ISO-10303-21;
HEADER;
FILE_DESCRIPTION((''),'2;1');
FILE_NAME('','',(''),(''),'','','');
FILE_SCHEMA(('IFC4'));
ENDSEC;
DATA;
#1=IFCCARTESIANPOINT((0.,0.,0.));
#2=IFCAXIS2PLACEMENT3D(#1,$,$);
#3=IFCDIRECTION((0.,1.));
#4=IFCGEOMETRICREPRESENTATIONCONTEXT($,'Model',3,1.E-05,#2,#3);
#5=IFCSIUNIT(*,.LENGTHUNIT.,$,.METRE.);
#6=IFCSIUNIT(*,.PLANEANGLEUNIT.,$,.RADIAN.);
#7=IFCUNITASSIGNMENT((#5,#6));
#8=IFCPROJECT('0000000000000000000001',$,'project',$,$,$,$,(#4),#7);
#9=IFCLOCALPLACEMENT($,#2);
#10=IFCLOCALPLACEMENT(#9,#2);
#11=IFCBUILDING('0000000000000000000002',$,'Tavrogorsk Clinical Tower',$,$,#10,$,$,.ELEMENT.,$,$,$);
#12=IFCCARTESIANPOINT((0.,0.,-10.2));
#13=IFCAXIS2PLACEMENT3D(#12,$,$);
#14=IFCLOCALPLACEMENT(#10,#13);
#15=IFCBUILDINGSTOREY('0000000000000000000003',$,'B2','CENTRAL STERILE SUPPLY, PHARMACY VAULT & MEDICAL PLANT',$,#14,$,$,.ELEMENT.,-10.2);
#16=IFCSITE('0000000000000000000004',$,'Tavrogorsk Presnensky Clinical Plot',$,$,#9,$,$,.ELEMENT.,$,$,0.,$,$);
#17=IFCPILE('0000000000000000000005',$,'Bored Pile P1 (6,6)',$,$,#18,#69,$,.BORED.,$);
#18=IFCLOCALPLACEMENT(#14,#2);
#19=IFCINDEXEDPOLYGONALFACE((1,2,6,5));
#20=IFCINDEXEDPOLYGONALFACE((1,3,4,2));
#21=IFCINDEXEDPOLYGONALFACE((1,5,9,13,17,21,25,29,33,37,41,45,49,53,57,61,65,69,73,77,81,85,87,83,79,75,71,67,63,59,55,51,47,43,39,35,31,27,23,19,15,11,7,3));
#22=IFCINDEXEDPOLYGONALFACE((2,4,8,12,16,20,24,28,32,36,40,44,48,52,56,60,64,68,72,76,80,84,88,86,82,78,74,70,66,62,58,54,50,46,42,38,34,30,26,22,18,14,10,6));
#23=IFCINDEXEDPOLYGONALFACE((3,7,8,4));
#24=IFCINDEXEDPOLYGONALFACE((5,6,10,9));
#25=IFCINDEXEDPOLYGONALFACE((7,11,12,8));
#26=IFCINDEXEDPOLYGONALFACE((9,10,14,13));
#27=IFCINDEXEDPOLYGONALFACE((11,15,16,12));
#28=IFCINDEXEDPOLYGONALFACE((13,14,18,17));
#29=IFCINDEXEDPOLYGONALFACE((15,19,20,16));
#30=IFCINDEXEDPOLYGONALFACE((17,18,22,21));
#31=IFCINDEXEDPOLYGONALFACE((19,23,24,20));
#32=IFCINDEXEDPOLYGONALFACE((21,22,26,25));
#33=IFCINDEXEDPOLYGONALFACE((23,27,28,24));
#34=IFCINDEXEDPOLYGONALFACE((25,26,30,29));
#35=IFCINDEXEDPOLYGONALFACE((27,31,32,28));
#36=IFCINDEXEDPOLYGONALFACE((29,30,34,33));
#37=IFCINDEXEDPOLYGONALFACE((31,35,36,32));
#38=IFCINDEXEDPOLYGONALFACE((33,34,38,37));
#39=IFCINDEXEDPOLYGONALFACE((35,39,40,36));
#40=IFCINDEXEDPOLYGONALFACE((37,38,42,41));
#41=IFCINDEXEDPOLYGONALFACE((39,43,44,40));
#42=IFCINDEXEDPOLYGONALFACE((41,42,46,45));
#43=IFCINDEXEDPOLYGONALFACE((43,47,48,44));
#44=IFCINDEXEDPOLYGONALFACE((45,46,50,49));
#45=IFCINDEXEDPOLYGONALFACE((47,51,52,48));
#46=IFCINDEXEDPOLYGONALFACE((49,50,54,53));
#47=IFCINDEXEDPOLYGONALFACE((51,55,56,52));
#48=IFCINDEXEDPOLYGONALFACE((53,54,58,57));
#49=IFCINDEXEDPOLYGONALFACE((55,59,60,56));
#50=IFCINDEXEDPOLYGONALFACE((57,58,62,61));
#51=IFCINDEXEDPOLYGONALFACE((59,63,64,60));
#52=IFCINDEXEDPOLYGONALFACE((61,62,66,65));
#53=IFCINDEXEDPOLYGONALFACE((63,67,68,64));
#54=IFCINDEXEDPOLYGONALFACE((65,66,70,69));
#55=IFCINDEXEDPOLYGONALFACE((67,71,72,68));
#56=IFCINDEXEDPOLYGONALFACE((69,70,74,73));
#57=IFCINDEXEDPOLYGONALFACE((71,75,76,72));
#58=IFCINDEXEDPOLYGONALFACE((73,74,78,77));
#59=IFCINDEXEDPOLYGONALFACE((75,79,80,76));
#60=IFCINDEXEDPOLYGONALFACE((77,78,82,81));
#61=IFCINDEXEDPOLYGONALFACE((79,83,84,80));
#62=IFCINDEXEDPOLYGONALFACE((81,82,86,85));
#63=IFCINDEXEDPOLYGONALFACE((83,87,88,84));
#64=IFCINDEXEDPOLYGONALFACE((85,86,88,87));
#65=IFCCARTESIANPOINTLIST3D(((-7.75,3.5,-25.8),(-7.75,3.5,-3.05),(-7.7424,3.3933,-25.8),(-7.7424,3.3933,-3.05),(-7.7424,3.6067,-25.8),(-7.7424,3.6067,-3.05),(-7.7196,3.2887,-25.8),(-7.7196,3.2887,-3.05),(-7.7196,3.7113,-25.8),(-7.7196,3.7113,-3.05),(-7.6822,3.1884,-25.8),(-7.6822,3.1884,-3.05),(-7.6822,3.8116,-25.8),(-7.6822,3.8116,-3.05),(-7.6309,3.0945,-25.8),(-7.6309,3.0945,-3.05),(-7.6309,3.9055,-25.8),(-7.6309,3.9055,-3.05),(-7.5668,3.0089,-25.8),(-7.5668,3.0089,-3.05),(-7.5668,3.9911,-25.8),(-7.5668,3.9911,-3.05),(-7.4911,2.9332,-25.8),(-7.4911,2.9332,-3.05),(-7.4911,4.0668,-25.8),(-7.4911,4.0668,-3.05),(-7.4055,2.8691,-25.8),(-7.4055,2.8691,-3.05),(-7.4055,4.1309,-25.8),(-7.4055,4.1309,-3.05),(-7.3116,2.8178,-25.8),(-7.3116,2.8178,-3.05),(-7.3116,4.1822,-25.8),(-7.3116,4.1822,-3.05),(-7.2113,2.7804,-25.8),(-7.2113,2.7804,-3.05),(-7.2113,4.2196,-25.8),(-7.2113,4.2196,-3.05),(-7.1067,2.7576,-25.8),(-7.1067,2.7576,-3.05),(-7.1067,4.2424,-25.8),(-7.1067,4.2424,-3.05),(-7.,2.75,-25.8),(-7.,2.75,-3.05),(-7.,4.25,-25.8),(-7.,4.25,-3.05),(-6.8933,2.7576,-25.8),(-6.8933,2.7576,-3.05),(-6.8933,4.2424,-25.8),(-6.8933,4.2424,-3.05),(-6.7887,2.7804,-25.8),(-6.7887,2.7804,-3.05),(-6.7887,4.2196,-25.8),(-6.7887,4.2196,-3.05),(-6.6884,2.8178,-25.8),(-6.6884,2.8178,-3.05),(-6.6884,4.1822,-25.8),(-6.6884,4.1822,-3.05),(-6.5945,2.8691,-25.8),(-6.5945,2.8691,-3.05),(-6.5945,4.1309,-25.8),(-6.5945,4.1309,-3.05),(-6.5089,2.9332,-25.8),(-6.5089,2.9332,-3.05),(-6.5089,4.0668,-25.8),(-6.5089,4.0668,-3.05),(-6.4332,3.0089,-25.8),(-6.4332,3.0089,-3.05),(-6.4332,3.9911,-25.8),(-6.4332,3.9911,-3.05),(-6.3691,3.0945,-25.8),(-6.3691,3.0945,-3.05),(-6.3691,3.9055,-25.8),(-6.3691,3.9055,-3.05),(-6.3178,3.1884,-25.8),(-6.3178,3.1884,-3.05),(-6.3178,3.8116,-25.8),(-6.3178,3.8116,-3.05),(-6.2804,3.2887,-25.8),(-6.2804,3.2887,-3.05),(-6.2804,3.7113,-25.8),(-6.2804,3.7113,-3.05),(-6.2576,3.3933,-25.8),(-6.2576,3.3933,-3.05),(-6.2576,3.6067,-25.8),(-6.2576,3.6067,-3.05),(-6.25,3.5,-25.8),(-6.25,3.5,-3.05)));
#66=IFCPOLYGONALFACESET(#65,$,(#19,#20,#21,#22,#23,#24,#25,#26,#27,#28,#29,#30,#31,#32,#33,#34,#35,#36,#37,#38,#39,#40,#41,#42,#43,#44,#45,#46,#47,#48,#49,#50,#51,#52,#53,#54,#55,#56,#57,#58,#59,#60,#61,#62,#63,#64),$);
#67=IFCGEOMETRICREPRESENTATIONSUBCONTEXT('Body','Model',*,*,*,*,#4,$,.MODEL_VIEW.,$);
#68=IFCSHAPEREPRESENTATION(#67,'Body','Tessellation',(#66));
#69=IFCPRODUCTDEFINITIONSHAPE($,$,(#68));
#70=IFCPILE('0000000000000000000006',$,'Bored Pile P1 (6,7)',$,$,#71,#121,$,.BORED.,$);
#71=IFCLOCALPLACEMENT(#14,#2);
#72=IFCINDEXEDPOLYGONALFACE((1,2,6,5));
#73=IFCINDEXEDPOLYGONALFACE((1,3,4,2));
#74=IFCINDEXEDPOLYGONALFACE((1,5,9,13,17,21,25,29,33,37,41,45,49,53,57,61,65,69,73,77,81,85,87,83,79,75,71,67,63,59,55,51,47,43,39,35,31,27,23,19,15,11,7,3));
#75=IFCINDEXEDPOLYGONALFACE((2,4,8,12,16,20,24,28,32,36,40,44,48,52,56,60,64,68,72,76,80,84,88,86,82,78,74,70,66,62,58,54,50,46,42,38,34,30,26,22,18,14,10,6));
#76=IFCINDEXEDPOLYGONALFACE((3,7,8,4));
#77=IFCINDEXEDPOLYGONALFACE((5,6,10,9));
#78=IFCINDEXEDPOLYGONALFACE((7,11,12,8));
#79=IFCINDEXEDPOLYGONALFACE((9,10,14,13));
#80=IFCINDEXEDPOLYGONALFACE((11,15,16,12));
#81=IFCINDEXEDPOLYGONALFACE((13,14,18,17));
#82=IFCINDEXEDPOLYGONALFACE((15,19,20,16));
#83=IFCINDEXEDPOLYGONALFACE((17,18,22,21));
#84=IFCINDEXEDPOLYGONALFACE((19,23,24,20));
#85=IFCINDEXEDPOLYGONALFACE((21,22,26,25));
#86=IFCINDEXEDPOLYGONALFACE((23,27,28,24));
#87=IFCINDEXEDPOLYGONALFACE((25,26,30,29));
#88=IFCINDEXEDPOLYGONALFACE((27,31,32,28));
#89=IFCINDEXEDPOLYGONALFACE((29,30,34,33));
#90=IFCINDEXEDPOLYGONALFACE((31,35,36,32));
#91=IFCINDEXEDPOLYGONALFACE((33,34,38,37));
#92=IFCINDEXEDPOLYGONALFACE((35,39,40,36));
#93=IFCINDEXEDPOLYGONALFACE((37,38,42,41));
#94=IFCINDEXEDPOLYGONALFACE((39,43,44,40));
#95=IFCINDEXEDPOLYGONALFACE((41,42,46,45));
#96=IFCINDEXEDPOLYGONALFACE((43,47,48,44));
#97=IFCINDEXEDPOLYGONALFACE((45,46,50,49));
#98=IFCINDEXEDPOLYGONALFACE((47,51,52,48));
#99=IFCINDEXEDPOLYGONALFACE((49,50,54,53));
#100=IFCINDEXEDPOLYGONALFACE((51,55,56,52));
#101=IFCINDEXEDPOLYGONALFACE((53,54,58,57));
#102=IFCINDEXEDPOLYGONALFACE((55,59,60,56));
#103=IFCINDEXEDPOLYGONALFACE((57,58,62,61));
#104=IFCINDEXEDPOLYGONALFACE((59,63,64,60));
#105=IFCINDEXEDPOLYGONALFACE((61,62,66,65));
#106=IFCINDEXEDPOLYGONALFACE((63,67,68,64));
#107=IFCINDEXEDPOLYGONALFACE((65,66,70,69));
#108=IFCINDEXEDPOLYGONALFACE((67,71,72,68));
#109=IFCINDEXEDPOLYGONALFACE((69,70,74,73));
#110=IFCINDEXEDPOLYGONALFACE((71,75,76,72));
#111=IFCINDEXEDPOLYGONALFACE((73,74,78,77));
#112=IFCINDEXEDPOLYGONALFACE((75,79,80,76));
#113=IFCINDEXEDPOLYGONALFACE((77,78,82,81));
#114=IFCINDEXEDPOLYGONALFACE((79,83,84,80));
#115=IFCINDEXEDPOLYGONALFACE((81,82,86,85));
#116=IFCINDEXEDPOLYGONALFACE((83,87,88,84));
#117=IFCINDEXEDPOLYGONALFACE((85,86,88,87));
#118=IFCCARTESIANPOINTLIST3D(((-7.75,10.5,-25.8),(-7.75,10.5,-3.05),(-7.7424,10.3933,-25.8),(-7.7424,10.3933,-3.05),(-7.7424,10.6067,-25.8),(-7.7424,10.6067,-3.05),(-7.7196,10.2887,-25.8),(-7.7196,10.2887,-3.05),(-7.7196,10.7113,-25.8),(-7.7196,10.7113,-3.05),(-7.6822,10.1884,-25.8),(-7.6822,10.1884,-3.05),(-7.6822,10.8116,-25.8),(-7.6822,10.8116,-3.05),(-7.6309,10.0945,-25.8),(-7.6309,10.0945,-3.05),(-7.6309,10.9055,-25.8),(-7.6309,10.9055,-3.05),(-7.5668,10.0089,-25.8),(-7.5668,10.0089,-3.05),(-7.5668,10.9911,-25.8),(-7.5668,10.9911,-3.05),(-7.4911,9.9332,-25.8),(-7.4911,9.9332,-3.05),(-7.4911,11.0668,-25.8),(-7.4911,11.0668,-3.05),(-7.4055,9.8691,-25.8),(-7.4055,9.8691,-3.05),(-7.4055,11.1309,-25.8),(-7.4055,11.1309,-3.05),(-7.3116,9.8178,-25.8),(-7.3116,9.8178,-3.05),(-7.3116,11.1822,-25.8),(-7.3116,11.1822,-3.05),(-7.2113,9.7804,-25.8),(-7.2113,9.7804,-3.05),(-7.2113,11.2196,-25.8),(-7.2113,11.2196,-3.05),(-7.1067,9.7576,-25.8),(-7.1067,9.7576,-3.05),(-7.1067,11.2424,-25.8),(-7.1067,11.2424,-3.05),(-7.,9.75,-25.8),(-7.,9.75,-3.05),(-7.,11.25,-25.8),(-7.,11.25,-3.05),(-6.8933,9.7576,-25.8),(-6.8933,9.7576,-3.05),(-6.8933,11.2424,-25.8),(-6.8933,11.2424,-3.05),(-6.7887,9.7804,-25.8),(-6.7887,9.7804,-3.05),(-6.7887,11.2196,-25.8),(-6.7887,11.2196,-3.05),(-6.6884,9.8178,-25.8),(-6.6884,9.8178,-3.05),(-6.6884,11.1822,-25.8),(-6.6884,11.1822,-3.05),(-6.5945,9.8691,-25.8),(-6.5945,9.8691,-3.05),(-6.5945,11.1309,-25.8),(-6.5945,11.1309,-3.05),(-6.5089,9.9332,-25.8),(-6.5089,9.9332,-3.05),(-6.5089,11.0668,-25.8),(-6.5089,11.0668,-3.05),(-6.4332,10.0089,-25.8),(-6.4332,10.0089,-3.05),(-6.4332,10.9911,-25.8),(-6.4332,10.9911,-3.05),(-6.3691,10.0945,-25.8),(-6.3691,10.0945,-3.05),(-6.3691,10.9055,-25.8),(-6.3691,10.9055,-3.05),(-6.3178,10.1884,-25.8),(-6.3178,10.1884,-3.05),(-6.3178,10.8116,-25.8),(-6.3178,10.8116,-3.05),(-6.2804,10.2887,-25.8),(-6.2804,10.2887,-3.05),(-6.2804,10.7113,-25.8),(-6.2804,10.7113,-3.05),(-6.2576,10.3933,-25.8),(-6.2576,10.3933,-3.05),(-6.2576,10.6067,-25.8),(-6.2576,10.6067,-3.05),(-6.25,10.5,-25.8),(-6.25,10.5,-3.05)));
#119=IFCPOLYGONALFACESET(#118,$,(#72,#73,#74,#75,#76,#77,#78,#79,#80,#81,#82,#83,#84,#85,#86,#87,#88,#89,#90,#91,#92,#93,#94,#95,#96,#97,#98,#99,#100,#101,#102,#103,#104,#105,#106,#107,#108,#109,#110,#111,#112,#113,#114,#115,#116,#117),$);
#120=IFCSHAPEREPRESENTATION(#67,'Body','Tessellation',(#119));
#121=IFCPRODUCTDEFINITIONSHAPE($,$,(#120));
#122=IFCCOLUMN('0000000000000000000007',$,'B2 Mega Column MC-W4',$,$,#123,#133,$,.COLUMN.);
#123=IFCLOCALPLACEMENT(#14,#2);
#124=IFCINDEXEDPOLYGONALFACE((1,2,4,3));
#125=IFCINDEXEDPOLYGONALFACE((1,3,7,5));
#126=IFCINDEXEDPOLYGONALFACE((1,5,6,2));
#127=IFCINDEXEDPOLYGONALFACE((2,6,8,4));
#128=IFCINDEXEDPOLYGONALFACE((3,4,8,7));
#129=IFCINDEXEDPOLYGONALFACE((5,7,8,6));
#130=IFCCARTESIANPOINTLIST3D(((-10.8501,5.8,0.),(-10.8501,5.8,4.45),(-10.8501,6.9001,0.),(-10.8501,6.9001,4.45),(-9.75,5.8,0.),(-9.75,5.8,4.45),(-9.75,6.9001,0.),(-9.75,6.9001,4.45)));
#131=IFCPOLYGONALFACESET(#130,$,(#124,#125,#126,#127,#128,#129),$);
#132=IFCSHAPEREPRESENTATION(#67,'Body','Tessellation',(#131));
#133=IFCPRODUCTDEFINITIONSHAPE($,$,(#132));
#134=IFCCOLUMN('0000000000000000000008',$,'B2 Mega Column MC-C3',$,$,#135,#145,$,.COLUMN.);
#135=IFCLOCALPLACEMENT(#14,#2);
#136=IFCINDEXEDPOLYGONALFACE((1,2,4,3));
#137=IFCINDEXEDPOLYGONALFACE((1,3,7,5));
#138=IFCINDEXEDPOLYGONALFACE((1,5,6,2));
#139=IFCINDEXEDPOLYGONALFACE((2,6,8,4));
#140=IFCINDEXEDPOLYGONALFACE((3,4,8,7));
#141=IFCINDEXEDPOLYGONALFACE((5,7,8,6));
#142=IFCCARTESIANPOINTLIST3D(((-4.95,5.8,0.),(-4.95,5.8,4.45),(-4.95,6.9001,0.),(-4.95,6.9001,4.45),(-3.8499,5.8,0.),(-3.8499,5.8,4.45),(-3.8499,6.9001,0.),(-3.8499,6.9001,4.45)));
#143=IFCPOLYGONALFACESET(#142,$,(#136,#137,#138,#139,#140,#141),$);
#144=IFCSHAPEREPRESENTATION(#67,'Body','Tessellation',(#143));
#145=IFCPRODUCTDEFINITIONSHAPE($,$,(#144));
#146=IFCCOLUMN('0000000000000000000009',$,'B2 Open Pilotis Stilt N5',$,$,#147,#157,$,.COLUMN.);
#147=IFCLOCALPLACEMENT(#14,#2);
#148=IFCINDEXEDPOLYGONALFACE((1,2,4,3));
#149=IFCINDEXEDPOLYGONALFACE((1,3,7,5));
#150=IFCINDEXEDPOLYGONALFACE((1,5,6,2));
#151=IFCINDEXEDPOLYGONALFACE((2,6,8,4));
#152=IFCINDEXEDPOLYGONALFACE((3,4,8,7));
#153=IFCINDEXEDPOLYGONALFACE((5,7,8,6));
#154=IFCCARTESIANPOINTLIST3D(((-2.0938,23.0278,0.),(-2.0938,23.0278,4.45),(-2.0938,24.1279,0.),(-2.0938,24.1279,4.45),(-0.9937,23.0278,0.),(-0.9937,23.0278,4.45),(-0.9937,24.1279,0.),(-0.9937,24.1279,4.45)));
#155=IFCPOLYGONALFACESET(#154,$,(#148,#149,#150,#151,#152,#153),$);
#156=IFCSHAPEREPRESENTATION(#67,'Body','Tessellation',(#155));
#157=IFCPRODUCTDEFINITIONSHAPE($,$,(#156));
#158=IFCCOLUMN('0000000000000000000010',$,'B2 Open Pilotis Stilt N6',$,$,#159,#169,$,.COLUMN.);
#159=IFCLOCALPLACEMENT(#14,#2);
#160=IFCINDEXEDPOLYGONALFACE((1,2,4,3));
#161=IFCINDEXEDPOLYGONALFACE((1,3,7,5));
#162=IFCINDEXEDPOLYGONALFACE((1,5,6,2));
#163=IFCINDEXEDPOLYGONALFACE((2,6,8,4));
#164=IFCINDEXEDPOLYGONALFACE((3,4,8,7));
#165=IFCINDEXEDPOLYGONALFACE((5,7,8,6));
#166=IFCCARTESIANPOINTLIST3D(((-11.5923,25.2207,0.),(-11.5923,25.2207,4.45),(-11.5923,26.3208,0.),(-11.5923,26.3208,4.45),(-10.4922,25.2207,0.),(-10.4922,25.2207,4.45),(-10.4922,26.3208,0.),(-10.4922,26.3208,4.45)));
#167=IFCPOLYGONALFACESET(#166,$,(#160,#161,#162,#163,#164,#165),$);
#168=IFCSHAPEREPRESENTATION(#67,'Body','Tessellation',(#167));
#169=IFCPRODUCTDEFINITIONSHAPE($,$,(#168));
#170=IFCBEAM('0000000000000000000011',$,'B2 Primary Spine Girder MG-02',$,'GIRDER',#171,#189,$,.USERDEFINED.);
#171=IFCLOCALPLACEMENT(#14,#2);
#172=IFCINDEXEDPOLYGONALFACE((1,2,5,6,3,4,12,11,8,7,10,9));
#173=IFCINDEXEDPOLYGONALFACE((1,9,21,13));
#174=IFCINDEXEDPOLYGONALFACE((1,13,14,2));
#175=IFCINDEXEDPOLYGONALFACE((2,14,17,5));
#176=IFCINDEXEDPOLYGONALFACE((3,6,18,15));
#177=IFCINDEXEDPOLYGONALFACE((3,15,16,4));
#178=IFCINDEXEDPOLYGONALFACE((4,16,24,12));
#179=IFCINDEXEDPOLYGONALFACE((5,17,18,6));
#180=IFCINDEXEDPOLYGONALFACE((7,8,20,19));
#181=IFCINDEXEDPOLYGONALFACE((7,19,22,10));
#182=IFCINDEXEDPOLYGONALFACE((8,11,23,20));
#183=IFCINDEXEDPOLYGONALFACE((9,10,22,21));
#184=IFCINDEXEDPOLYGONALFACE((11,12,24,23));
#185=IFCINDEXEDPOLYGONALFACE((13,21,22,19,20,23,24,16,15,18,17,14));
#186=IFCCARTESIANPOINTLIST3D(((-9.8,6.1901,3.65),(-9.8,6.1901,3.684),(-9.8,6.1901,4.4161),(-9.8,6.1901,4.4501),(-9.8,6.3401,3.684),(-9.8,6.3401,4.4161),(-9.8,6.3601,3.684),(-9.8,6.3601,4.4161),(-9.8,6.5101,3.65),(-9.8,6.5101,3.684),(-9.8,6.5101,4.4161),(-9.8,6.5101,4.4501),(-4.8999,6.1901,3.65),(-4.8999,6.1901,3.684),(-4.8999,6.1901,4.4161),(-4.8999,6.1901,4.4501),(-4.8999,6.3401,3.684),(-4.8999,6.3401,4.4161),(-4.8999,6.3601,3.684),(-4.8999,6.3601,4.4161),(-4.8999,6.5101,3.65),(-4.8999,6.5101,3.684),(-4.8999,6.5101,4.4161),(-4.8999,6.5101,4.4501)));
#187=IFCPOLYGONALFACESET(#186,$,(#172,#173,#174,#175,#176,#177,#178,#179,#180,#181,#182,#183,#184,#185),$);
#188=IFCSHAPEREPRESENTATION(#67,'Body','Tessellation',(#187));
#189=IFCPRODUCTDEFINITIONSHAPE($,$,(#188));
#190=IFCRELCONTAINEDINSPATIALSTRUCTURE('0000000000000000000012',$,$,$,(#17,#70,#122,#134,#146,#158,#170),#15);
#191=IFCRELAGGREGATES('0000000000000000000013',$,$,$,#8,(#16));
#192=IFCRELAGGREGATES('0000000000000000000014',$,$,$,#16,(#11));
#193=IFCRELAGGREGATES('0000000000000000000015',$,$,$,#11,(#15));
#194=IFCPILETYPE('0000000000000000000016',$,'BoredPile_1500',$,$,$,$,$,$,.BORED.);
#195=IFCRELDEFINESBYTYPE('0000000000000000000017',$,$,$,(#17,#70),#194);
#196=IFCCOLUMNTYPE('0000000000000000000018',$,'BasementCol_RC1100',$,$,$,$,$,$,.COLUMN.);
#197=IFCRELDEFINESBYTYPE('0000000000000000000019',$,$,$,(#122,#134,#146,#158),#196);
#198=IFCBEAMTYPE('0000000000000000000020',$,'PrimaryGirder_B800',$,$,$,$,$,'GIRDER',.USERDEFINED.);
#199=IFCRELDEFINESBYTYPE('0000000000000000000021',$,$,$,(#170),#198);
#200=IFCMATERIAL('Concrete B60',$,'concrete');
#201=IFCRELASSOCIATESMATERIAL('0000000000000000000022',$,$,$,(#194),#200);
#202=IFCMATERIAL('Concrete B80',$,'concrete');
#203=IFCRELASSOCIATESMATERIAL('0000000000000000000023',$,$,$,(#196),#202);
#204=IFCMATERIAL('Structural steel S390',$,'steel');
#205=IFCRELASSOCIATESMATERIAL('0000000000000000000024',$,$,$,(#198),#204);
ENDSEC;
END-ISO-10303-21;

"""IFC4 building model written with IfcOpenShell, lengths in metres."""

from ifc_helpers import new_model, si_unit, direction, frame, origin, origin_2d, place, context, subcontext, project, spatial, rectangle, circle, i_section, extrude, material, material_profile, profile_set, type_object, element, save


model = new_model("IFC4")

# Units and contexts
model_context = context("Model", 3, precision=1e-05, world=origin(), true_north=direction((0.0, 1.0)))
body_context = subcontext(model_context, "Body", "Model", "MODEL_VIEW")
ifc_project = project(units=[si_unit("LENGTHUNIT", "METRE"), si_unit("PLANEANGLEUNIT", "RADIAN")], contexts=[model_context])

# Site, building, storey
site_placement = place(None, origin())
site = spatial("IfcSite", under=ifc_project, at=site_placement, Name="Tavrogorsk Presnensky Clinical Plot", CompositionType="ELEMENT", RefElevation=0.0)
building_placement = place(site_placement, origin())
building = spatial("IfcBuilding", under=site, at=building_placement, Name="Tavrogorsk Clinical Tower", CompositionType="ELEMENT")
storey_placement = place(building_placement, frame((0.0, 0.0, -10.2)))
storey = spatial("IfcBuildingStorey", under=building, at=storey_placement, Name="B2", Description="CENTRAL STERILE SUPPLY, PHARMACY VAULT & MEDICAL PLANT", CompositionType="ELEMENT", Elevation=-10.2)

# Piles
ifc_material_1 = material(Name="Concrete B60", Category="concrete")
ifc_material_profile_1 = material_profile(ifc_material_1, circle(Radius=0.75, at=origin_2d()), Name="BORED-PILE-1500")
ifc_profile_set_1 = profile_set([ifc_material_profile_1], Name="Concrete B60")
pile_type_1 = type_object("IfcPileType", Name="BoredPile_1500", PredefinedType="BORED", material=ifc_profile_set_1)
for number, where, z_axis, x_axis, name in (
    (1, (-7.0, 3.5, -3.05), (0.0, 0.0, -1.0), (1.0, 0.0, 0.0), "Bored Pile P1 (6,6)"),
    (2, (-7.0, 10.5, -3.05), (0.0, 0.0, -1.0), (1.0, 0.0, 0.0), "Bored Pile P1 (6,7)"),
):
    element("IfcPile", number, at=place(storey_placement, frame(where, z_axis=z_axis, x_axis=x_axis)), inside=storey, type_object=pile_type_1, Name=name, PredefinedType="BORED", context=body_context, shape_type="SweptSolid", body=[
        extrude(circle(Radius=0.75, at=origin_2d()), origin(), (0.0, 0.0, 1.0), 22.75),
    ])

# Columns
ifc_material_2 = material(Name="Concrete B80", Category="concrete")
ifc_material_profile_2 = material_profile(ifc_material_2, rectangle(XDim=1.1001, YDim=1.1001, at=origin_2d()), Name="RC-COL-1100x1100")
ifc_profile_set_2 = profile_set([ifc_material_profile_2], Name="Concrete B80")
column_type = type_object("IfcColumnType", Name="BasementCol_RC1100", PredefinedType="COLUMN", material=ifc_profile_set_2)
for number, where, z_axis, x_axis, name in (
    (3, (-10.3, 6.3501, 0.0), (0.0, 0.0, 1.0), (1.0, 0.0, 0.0), "B2 Mega Column MC-W4"),
    (4, (-4.3999, 6.3501, 0.0), (0.0, 0.0, 1.0), (1.0, 0.0, 0.0), "B2 Mega Column MC-C3"),
    (5, (-1.5437, 23.5779, 0.0), (0.0, 0.0, 1.0), (1.0, 0.0, 0.0), "B2 Open Pilotis Stilt N5"),
    (6, (-11.0422, 25.7708, 0.0), (0.0, 0.0, 1.0), (1.0, 0.0, 0.0), "B2 Open Pilotis Stilt N6"),
):
    element("IfcColumn", number, at=place(storey_placement, frame(where, z_axis=z_axis, x_axis=x_axis)), inside=storey, type_object=column_type, Name=name, PredefinedType="COLUMN", context=body_context, shape_type="SweptSolid", body=[
        extrude(rectangle(XDim=1.1001, YDim=1.1001, at=origin_2d()), origin(), (0.0, 0.0, 1.0), 4.45),
    ])

# Beam
ifc_material_3 = material(Name="Structural steel S390", Category="steel")
ifc_material_profile_3 = material_profile(ifc_material_3, i_section(OverallWidth=0.3201, OverallDepth=0.8, WebThickness=0.02, FlangeThickness=0.0339, at=origin_2d()), Name="B-800x320x20x34")
ifc_profile_set_3 = profile_set([ifc_material_profile_3], Name="Structural steel S390")
beam_type = type_object("IfcBeamType", Name="PrimaryGirder_B800", ElementType="GIRDER", PredefinedType="USERDEFINED", material=ifc_profile_set_3)
beam_1_placement = place(storey_placement, frame((-9.8, 6.3501, 4.05), z_axis=(1.0, 0.0, 0.0), x_axis=(0.0, 1.0, 0.0)))
element("IfcBeam", 7, at=beam_1_placement, inside=storey, type_object=beam_type, Name="B2 Primary Spine Girder MG-02", ObjectType="GIRDER", PredefinedType="USERDEFINED", context=body_context, shape_type="SweptSolid", body=[
    extrude(i_section(OverallWidth=0.3201, OverallDepth=0.8, WebThickness=0.02, FlangeThickness=0.0339, at=origin_2d()), origin(), (0.0, 0.0, 1.0), 4.9001),
])

save(model, "model.ifc")
